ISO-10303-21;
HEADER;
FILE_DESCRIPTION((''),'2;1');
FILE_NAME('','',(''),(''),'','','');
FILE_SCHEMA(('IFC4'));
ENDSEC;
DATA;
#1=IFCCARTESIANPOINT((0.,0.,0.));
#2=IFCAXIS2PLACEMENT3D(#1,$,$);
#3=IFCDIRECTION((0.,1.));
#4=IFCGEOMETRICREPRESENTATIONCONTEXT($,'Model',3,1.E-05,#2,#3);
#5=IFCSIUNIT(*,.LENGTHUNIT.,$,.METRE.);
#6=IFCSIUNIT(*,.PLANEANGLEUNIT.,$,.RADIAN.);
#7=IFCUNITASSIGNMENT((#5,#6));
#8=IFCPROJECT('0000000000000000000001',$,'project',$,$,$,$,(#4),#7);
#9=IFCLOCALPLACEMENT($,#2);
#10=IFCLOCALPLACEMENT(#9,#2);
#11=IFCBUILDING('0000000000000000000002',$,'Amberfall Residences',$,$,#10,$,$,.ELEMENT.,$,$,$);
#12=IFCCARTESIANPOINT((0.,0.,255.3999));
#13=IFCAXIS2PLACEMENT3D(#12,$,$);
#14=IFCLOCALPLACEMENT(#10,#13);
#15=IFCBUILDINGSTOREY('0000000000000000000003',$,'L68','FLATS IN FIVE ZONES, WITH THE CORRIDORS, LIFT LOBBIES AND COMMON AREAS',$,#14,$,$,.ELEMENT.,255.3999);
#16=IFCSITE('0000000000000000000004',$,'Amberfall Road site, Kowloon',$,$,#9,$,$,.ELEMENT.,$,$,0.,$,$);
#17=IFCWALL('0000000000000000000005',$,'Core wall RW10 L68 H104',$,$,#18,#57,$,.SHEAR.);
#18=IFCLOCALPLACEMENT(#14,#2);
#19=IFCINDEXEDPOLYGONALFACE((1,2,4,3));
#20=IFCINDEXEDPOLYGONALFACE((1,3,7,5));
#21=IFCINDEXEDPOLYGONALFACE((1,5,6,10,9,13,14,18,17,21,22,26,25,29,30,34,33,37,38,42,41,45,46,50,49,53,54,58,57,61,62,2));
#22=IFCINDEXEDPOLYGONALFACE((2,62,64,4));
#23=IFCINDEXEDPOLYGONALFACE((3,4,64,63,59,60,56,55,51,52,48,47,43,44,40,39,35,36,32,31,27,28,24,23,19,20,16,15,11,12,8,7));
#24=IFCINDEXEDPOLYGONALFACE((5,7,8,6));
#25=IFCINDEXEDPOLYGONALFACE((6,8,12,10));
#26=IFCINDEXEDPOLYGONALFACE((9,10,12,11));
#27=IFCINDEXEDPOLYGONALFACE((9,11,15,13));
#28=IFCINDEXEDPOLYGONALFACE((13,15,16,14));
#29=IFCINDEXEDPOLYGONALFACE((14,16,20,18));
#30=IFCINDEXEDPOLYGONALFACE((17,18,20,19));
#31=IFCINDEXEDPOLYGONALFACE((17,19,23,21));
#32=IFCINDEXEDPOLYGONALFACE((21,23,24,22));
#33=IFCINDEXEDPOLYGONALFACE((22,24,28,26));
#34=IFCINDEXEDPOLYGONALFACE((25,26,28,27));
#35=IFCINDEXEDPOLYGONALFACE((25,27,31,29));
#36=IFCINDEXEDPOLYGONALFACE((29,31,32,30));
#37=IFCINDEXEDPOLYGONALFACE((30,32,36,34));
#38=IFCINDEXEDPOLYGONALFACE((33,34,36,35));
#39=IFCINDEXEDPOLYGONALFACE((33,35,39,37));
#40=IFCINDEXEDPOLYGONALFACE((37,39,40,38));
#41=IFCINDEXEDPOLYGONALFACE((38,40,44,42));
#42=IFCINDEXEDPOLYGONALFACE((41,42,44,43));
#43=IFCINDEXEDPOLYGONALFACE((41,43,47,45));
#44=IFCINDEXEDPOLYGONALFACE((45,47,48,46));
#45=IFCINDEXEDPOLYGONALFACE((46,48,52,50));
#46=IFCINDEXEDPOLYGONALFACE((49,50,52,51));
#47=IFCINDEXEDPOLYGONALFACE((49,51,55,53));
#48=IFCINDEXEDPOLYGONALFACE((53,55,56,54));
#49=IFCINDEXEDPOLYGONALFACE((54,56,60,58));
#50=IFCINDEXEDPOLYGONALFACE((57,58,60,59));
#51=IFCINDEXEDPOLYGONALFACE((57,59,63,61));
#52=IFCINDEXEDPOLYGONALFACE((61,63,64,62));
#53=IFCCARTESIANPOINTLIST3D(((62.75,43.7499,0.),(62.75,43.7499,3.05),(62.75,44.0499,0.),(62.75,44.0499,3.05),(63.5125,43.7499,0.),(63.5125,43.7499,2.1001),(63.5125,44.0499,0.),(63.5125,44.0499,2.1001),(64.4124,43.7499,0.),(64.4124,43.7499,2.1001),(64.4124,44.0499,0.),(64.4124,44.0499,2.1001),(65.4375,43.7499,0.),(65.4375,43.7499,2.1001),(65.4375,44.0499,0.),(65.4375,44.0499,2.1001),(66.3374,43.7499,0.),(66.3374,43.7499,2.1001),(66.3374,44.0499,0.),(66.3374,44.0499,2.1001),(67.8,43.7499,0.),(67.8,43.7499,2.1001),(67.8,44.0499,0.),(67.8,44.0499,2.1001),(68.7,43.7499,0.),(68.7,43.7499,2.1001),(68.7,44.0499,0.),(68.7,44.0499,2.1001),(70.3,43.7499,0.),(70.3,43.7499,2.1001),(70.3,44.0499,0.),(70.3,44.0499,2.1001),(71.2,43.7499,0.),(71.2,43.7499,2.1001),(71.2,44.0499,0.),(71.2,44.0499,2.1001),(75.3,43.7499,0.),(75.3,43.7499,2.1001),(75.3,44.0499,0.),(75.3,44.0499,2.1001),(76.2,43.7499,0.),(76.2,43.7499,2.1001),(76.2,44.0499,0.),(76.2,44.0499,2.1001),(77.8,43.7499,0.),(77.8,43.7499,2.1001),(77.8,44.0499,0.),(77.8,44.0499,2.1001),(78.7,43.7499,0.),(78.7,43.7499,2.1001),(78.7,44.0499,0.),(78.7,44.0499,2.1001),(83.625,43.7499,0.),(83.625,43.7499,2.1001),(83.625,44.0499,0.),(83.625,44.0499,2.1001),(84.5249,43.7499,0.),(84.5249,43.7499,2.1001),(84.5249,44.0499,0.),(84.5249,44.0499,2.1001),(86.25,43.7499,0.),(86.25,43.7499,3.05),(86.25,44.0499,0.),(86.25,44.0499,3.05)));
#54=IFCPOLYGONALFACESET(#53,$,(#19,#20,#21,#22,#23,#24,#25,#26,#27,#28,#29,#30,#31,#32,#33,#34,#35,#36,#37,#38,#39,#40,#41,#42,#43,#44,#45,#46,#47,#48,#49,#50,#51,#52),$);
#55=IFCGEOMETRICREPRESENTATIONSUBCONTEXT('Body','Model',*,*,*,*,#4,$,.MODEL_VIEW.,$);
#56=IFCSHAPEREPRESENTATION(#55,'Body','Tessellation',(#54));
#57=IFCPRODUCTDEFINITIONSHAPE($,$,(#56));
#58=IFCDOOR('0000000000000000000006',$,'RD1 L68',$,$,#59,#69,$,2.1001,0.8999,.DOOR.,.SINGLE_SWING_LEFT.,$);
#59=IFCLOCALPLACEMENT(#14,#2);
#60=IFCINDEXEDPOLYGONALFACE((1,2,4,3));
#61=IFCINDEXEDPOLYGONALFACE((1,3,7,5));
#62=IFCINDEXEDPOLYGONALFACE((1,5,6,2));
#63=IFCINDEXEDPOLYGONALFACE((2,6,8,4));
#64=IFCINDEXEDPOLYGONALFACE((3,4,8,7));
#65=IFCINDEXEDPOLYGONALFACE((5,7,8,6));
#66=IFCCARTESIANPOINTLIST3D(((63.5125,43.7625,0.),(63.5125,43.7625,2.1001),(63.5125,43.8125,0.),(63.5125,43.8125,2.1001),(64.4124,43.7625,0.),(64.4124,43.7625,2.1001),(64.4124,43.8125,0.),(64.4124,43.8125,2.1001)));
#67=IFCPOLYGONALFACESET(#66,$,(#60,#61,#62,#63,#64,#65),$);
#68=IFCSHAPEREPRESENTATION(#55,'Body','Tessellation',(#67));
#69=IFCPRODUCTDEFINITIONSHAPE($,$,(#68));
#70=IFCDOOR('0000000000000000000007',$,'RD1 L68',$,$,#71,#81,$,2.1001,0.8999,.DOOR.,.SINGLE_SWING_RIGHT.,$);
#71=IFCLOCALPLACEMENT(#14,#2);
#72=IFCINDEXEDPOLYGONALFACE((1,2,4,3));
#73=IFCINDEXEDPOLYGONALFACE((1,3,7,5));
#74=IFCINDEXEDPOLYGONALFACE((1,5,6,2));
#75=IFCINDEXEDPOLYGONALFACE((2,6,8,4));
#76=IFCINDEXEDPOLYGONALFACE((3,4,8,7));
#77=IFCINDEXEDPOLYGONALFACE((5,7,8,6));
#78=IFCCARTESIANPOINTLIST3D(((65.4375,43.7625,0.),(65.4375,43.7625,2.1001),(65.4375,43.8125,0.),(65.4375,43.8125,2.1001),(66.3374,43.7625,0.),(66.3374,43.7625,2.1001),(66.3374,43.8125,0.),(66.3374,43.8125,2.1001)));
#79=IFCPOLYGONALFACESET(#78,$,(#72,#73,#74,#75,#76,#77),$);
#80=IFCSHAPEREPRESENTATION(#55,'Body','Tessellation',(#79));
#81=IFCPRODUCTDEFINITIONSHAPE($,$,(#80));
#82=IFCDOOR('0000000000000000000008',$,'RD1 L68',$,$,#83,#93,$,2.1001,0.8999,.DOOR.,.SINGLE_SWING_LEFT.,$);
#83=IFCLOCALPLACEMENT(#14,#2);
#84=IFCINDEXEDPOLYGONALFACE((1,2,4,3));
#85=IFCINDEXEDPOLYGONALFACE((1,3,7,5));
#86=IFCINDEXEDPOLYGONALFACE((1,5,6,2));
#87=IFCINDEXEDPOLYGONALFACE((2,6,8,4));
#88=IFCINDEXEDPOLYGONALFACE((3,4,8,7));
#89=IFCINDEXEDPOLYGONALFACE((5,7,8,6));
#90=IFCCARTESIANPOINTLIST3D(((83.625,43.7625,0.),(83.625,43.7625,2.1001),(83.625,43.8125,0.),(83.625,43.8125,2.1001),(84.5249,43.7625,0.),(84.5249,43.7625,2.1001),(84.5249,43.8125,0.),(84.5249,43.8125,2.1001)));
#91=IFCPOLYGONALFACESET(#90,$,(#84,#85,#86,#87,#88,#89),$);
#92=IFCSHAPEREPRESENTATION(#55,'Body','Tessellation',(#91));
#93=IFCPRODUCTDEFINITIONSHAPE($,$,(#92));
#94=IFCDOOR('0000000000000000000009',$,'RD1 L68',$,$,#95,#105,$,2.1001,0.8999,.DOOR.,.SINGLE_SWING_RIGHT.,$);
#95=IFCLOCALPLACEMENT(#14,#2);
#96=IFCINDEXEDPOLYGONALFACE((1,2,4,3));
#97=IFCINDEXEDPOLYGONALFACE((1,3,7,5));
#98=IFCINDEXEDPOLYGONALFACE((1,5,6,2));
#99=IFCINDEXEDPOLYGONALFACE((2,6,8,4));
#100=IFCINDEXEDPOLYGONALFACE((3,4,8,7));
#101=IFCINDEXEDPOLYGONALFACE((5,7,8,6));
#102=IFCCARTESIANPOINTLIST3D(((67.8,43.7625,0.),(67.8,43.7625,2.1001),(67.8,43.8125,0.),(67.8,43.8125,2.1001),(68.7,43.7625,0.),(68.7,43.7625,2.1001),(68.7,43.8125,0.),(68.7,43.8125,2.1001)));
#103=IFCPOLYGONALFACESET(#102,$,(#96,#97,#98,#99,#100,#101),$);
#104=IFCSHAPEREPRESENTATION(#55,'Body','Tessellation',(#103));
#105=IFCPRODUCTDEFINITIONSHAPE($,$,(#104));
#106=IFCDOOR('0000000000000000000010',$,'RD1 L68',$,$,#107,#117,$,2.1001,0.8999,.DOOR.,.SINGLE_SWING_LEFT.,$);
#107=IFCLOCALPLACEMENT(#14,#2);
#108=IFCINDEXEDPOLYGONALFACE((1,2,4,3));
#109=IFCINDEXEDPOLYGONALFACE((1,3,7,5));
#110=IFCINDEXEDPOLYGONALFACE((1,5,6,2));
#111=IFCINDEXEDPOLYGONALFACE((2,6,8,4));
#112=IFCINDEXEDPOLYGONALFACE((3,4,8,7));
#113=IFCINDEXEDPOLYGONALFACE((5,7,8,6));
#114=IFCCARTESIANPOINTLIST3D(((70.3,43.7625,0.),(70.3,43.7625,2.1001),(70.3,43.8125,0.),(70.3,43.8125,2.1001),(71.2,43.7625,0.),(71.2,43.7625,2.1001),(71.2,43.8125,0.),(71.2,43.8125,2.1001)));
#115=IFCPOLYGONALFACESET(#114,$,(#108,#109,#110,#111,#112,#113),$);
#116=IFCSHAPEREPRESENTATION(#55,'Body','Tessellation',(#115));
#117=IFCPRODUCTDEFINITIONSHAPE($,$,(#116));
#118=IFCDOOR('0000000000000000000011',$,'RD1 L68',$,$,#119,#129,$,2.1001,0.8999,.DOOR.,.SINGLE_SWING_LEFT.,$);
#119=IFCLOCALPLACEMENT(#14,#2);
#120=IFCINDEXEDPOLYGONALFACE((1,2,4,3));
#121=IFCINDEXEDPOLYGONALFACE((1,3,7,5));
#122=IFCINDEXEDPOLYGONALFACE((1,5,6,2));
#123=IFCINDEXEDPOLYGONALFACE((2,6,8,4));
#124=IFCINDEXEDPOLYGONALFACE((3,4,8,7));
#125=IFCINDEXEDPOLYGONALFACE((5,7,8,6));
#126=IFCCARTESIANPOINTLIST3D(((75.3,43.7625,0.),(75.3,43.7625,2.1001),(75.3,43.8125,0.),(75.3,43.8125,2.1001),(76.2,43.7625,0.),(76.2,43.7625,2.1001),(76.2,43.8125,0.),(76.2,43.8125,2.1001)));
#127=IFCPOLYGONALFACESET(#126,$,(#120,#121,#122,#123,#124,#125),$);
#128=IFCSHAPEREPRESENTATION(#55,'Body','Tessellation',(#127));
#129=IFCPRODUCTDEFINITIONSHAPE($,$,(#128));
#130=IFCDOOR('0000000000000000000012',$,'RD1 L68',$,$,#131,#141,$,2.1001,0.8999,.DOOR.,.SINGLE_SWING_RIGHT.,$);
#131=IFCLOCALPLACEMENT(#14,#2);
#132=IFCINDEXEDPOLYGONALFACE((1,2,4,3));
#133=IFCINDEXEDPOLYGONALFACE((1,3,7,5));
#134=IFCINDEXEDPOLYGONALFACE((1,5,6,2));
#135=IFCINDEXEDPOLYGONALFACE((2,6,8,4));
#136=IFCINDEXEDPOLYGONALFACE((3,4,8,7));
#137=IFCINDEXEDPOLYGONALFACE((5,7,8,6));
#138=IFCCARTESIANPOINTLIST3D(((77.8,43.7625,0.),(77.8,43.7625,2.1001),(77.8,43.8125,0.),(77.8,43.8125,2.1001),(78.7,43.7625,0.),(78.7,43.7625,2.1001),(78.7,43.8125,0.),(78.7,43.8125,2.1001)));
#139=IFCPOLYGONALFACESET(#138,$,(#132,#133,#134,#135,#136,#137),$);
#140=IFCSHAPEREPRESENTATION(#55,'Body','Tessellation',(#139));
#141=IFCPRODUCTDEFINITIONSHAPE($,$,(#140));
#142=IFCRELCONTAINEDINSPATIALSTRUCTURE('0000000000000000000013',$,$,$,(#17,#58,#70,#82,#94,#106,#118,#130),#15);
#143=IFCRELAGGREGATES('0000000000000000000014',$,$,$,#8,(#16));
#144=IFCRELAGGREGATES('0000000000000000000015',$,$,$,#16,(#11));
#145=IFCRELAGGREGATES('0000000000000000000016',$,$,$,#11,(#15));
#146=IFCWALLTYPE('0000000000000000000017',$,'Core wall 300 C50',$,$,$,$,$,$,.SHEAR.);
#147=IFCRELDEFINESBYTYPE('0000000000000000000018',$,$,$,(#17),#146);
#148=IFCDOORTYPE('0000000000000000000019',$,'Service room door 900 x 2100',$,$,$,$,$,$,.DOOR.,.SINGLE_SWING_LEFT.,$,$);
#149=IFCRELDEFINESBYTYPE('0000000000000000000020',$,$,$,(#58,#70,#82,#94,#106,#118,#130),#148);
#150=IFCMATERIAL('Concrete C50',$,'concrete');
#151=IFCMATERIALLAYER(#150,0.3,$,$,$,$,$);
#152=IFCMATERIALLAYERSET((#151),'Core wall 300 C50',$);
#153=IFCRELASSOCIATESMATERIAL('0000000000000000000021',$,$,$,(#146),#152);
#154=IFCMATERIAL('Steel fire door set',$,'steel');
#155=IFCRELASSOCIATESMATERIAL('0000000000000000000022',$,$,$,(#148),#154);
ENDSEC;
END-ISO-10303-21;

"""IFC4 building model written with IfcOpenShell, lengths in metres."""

from ifc_helpers import new_model, si_unit, direction, frame, frame_2d, origin, place, context, subcontext, project, spatial, rectangle, extrude, material, layer, layer_set, type_object, element, fill, save


model = new_model("IFC4")

# Units and contexts
model_context = context("Model", 3, precision=1e-05, world=origin(), true_north=direction((0.0, 1.0)))
body_context = subcontext(model_context, "Body", "Model", "MODEL_VIEW")
ifc_project = project(units=[si_unit("LENGTHUNIT", "METRE"), si_unit("PLANEANGLEUNIT", "RADIAN")], contexts=[model_context])

# Site, building, storey
site_placement = place(None, origin())
site = spatial("IfcSite", under=ifc_project, at=site_placement, Name="Amberfall Road site, Kowloon", CompositionType="ELEMENT", RefElevation=0.0)
building_placement = place(site_placement, origin())
building = spatial("IfcBuilding", under=site, at=building_placement, Name="Amberfall Residences", CompositionType="ELEMENT")
storey_placement = place(building_placement, frame((0.0, 0.0, 255.3999)))
storey = spatial("IfcBuildingStorey", under=building, at=storey_placement, Name="L68", Description="FLATS IN FIVE ZONES, WITH THE CORRIDORS, LIFT LOBBIES AND COMMON AREAS", CompositionType="ELEMENT", Elevation=255.3999)

# Wall, openings, doors
ifc_material_1 = material(Name="Concrete C50", Category="concrete")
ifc_layer_1 = layer(ifc_material_1, 0.3)
ifc_layer_set_1 = layer_set([ifc_layer_1], Name="Core wall 300 C50")
wall_type_1 = type_object("IfcWallType", Name="Core wall 300 C50", PredefinedType="SHEAR", material=ifc_layer_set_1)
wall_1_placement = place(storey_placement, frame((62.75, 43.8999, 0.0), z_axis=(0.0, 0.0, 1.0), x_axis=(1.0, 0.0, 0.0)))
wall_1 = element("IfcWall", 1, at=wall_1_placement, inside=storey, type_object=wall_type_1, Name="Core wall RW10 L68 H104", PredefinedType="SHEAR", context=body_context, shape_type="SweptSolid", body=[
    extrude(rectangle(XDim=23.5, YDim=0.3, at=frame_2d((11.75, 0.0))), origin(), (0.0, 0.0, 1.0), 3.05),
])
opening_1_placement = place(wall_1_placement, frame((0.7625, 0.0, 0.0)))
opening_1 = element("IfcOpeningElement", 2, at=opening_1_placement, cuts=wall_1, PredefinedType="OPENING", context=body_context, shape_type="SweptSolid", body=[
    extrude(rectangle(XDim=0.8999, YDim=2.1001, at=frame_2d((0.45, 1.05))), frame((0.0, 0.1599, 0.0), z_axis=(0.0, -1.0, 0.0), x_axis=(1.0, 0.0, 0.0)), (0.0, 0.0, 1.0), 0.3201),
])
opening_2_placement = place(wall_1_placement, frame((2.6875, 0.0, 0.0)))
opening_2 = element("IfcOpeningElement", 3, at=opening_2_placement, cuts=wall_1, PredefinedType="OPENING", context=body_context, shape_type="SweptSolid", body=[
    extrude(rectangle(XDim=0.8999, YDim=2.1001, at=frame_2d((0.45, 1.05))), frame((0.0, 0.1599, 0.0), z_axis=(0.0, -1.0, 0.0), x_axis=(1.0, 0.0, 0.0)), (0.0, 0.0, 1.0), 0.3201),
])
opening_3_placement = place(wall_1_placement, frame((20.875, 0.0, 0.0)))
opening_3 = element("IfcOpeningElement", 4, at=opening_3_placement, cuts=wall_1, PredefinedType="OPENING", context=body_context, shape_type="SweptSolid", body=[
    extrude(rectangle(XDim=0.8999, YDim=2.1001, at=frame_2d((0.45, 1.05))), frame((0.0, 0.1599, 0.0), z_axis=(0.0, -1.0, 0.0), x_axis=(1.0, 0.0, 0.0)), (0.0, 0.0, 1.0), 0.3201),
])
opening_4_placement = place(wall_1_placement, frame((5.05, 0.0, 0.0)))
opening_4 = element("IfcOpeningElement", 5, at=opening_4_placement, cuts=wall_1, PredefinedType="OPENING", context=body_context, shape_type="SweptSolid", body=[
    extrude(rectangle(XDim=0.8999, YDim=2.1001, at=frame_2d((0.45, 1.05))), frame((0.0, 0.1599, 0.0), z_axis=(0.0, -1.0, 0.0), x_axis=(1.0, 0.0, 0.0)), (0.0, 0.0, 1.0), 0.3201),
])
opening_5_placement = place(wall_1_placement, frame((7.55, 0.0, 0.0)))
opening_5 = element("IfcOpeningElement", 6, at=opening_5_placement, cuts=wall_1, PredefinedType="OPENING", context=body_context, shape_type="SweptSolid", body=[
    extrude(rectangle(XDim=0.8999, YDim=2.1001, at=frame_2d((0.45, 1.05))), frame((0.0, 0.1599, 0.0), z_axis=(0.0, -1.0, 0.0), x_axis=(1.0, 0.0, 0.0)), (0.0, 0.0, 1.0), 0.3201),
])
opening_6_placement = place(wall_1_placement, frame((12.55, 0.0, 0.0)))
opening_6 = element("IfcOpeningElement", 7, at=opening_6_placement, cuts=wall_1, PredefinedType="OPENING", context=body_context, shape_type="SweptSolid", body=[
    extrude(rectangle(XDim=0.8999, YDim=2.1001, at=frame_2d((0.45, 1.05))), frame((0.0, 0.1599, 0.0), z_axis=(0.0, -1.0, 0.0), x_axis=(1.0, 0.0, 0.0)), (0.0, 0.0, 1.0), 0.3201),
])
opening_7_placement = place(wall_1_placement, frame((15.05, 0.0, 0.0)))
opening_7 = element("IfcOpeningElement", 8, at=opening_7_placement, cuts=wall_1, PredefinedType="OPENING", context=body_context, shape_type="SweptSolid", body=[
    extrude(rectangle(XDim=0.8999, YDim=2.1001, at=frame_2d((0.45, 1.05))), frame((0.0, 0.1599, 0.0), z_axis=(0.0, -1.0, 0.0), x_axis=(1.0, 0.0, 0.0)), (0.0, 0.0, 1.0), 0.3201),
])
ifc_material_2 = material(Name="Steel fire door set", Category="steel")
door_type_1 = type_object("IfcDoorType", Name="Service room door 900 x 2100", OperationType="SINGLE_SWING_LEFT", PredefinedType="DOOR", material=ifc_material_2)
door_1_placement = place(opening_1_placement, origin())
door_1 = element("IfcDoor", 9, at=door_1_placement, inside=storey, type_object=door_type_1, Name="RD1 L68", OperationType="SINGLE_SWING_LEFT", OverallHeight=2.1001, OverallWidth=0.8999, PredefinedType="DOOR", context=body_context, shape_type="SweptSolid", body=[
    extrude(rectangle(XDim=0.8999, YDim=2.1001, at=frame_2d((0.45, 1.05))), frame((0.0, -0.0874, 0.0), z_axis=(0.0, -1.0, 0.0), x_axis=(1.0, 0.0, 0.0)), (0.0, 0.0, 1.0), 0.05),
])
fill(opening_1, door_1)
door_2_placement = place(opening_2_placement, origin())
door_2 = element("IfcDoor", 10, at=door_2_placement, inside=storey, type_object=door_type_1, Name="RD1 L68", OperationType="SINGLE_SWING_RIGHT", OverallHeight=2.1001, OverallWidth=0.8999, PredefinedType="DOOR", context=body_context, shape_type="SweptSolid", body=[
    extrude(rectangle(XDim=0.8999, YDim=2.1001, at=frame_2d((0.45, 1.05))), frame((0.0, -0.0874, 0.0), z_axis=(0.0, -1.0, 0.0), x_axis=(1.0, 0.0, 0.0)), (0.0, 0.0, 1.0), 0.05),
])
fill(opening_2, door_2)
door_3_placement = place(opening_3_placement, origin())
door_3 = element("IfcDoor", 11, at=door_3_placement, inside=storey, type_object=door_type_1, Name="RD1 L68", OperationType="SINGLE_SWING_LEFT", OverallHeight=2.1001, OverallWidth=0.8999, PredefinedType="DOOR", context=body_context, shape_type="SweptSolid", body=[
    extrude(rectangle(XDim=0.8999, YDim=2.1001, at=frame_2d((0.45, 1.05))), frame((0.0, -0.0874, 0.0), z_axis=(0.0, -1.0, 0.0), x_axis=(1.0, 0.0, 0.0)), (0.0, 0.0, 1.0), 0.05),
])
fill(opening_3, door_3)
door_4_placement = place(opening_4_placement, origin())
door_4 = element("IfcDoor", 12, at=door_4_placement, inside=storey, type_object=door_type_1, Name="RD1 L68", OperationType="SINGLE_SWING_RIGHT", OverallHeight=2.1001, OverallWidth=0.8999, PredefinedType="DOOR", context=body_context, shape_type="SweptSolid", body=[
    extrude(rectangle(XDim=0.8999, YDim=2.1001, at=frame_2d((0.45, 1.05))), frame((0.0, -0.0874, 0.0), z_axis=(0.0, -1.0, 0.0), x_axis=(1.0, 0.0, 0.0)), (0.0, 0.0, 1.0), 0.05),
])
fill(opening_4, door_4)
door_5_placement = place(opening_5_placement, origin())
door_5 = element("IfcDoor", 13, at=door_5_placement, inside=storey, type_object=door_type_1, Name="RD1 L68", OperationType="SINGLE_SWING_LEFT", OverallHeight=2.1001, OverallWidth=0.8999, PredefinedType="DOOR", context=body_context, shape_type="SweptSolid", body=[
    extrude(rectangle(XDim=0.8999, YDim=2.1001, at=frame_2d((0.45, 1.05))), frame((0.0, -0.0874, 0.0), z_axis=(0.0, -1.0, 0.0), x_axis=(1.0, 0.0, 0.0)), (0.0, 0.0, 1.0), 0.05),
])
fill(opening_5, door_5)
door_6_placement = place(opening_6_placement, origin())
door_6 = element("IfcDoor", 14, at=door_6_placement, inside=storey, type_object=door_type_1, Name="RD1 L68", OperationType="SINGLE_SWING_LEFT", OverallHeight=2.1001, OverallWidth=0.8999, PredefinedType="DOOR", context=body_context, shape_type="SweptSolid", body=[
    extrude(rectangle(XDim=0.8999, YDim=2.1001, at=frame_2d((0.45, 1.05))), frame((0.0, -0.0874, 0.0), z_axis=(0.0, -1.0, 0.0), x_axis=(1.0, 0.0, 0.0)), (0.0, 0.0, 1.0), 0.05),
])
fill(opening_6, door_6)
door_7_placement = place(opening_7_placement, origin())
door_7 = element("IfcDoor", 15, at=door_7_placement, inside=storey, type_object=door_type_1, Name="RD1 L68", OperationType="SINGLE_SWING_RIGHT", OverallHeight=2.1001, OverallWidth=0.8999, PredefinedType="DOOR", context=body_context, shape_type="SweptSolid", body=[
    extrude(rectangle(XDim=0.8999, YDim=2.1001, at=frame_2d((0.45, 1.05))), frame((0.0, -0.0874, 0.0), z_axis=(0.0, -1.0, 0.0), x_axis=(1.0, 0.0, 0.0)), (0.0, 0.0, 1.0), 0.05),
])
fill(opening_7, door_7)

save(model, "model.ifc")
